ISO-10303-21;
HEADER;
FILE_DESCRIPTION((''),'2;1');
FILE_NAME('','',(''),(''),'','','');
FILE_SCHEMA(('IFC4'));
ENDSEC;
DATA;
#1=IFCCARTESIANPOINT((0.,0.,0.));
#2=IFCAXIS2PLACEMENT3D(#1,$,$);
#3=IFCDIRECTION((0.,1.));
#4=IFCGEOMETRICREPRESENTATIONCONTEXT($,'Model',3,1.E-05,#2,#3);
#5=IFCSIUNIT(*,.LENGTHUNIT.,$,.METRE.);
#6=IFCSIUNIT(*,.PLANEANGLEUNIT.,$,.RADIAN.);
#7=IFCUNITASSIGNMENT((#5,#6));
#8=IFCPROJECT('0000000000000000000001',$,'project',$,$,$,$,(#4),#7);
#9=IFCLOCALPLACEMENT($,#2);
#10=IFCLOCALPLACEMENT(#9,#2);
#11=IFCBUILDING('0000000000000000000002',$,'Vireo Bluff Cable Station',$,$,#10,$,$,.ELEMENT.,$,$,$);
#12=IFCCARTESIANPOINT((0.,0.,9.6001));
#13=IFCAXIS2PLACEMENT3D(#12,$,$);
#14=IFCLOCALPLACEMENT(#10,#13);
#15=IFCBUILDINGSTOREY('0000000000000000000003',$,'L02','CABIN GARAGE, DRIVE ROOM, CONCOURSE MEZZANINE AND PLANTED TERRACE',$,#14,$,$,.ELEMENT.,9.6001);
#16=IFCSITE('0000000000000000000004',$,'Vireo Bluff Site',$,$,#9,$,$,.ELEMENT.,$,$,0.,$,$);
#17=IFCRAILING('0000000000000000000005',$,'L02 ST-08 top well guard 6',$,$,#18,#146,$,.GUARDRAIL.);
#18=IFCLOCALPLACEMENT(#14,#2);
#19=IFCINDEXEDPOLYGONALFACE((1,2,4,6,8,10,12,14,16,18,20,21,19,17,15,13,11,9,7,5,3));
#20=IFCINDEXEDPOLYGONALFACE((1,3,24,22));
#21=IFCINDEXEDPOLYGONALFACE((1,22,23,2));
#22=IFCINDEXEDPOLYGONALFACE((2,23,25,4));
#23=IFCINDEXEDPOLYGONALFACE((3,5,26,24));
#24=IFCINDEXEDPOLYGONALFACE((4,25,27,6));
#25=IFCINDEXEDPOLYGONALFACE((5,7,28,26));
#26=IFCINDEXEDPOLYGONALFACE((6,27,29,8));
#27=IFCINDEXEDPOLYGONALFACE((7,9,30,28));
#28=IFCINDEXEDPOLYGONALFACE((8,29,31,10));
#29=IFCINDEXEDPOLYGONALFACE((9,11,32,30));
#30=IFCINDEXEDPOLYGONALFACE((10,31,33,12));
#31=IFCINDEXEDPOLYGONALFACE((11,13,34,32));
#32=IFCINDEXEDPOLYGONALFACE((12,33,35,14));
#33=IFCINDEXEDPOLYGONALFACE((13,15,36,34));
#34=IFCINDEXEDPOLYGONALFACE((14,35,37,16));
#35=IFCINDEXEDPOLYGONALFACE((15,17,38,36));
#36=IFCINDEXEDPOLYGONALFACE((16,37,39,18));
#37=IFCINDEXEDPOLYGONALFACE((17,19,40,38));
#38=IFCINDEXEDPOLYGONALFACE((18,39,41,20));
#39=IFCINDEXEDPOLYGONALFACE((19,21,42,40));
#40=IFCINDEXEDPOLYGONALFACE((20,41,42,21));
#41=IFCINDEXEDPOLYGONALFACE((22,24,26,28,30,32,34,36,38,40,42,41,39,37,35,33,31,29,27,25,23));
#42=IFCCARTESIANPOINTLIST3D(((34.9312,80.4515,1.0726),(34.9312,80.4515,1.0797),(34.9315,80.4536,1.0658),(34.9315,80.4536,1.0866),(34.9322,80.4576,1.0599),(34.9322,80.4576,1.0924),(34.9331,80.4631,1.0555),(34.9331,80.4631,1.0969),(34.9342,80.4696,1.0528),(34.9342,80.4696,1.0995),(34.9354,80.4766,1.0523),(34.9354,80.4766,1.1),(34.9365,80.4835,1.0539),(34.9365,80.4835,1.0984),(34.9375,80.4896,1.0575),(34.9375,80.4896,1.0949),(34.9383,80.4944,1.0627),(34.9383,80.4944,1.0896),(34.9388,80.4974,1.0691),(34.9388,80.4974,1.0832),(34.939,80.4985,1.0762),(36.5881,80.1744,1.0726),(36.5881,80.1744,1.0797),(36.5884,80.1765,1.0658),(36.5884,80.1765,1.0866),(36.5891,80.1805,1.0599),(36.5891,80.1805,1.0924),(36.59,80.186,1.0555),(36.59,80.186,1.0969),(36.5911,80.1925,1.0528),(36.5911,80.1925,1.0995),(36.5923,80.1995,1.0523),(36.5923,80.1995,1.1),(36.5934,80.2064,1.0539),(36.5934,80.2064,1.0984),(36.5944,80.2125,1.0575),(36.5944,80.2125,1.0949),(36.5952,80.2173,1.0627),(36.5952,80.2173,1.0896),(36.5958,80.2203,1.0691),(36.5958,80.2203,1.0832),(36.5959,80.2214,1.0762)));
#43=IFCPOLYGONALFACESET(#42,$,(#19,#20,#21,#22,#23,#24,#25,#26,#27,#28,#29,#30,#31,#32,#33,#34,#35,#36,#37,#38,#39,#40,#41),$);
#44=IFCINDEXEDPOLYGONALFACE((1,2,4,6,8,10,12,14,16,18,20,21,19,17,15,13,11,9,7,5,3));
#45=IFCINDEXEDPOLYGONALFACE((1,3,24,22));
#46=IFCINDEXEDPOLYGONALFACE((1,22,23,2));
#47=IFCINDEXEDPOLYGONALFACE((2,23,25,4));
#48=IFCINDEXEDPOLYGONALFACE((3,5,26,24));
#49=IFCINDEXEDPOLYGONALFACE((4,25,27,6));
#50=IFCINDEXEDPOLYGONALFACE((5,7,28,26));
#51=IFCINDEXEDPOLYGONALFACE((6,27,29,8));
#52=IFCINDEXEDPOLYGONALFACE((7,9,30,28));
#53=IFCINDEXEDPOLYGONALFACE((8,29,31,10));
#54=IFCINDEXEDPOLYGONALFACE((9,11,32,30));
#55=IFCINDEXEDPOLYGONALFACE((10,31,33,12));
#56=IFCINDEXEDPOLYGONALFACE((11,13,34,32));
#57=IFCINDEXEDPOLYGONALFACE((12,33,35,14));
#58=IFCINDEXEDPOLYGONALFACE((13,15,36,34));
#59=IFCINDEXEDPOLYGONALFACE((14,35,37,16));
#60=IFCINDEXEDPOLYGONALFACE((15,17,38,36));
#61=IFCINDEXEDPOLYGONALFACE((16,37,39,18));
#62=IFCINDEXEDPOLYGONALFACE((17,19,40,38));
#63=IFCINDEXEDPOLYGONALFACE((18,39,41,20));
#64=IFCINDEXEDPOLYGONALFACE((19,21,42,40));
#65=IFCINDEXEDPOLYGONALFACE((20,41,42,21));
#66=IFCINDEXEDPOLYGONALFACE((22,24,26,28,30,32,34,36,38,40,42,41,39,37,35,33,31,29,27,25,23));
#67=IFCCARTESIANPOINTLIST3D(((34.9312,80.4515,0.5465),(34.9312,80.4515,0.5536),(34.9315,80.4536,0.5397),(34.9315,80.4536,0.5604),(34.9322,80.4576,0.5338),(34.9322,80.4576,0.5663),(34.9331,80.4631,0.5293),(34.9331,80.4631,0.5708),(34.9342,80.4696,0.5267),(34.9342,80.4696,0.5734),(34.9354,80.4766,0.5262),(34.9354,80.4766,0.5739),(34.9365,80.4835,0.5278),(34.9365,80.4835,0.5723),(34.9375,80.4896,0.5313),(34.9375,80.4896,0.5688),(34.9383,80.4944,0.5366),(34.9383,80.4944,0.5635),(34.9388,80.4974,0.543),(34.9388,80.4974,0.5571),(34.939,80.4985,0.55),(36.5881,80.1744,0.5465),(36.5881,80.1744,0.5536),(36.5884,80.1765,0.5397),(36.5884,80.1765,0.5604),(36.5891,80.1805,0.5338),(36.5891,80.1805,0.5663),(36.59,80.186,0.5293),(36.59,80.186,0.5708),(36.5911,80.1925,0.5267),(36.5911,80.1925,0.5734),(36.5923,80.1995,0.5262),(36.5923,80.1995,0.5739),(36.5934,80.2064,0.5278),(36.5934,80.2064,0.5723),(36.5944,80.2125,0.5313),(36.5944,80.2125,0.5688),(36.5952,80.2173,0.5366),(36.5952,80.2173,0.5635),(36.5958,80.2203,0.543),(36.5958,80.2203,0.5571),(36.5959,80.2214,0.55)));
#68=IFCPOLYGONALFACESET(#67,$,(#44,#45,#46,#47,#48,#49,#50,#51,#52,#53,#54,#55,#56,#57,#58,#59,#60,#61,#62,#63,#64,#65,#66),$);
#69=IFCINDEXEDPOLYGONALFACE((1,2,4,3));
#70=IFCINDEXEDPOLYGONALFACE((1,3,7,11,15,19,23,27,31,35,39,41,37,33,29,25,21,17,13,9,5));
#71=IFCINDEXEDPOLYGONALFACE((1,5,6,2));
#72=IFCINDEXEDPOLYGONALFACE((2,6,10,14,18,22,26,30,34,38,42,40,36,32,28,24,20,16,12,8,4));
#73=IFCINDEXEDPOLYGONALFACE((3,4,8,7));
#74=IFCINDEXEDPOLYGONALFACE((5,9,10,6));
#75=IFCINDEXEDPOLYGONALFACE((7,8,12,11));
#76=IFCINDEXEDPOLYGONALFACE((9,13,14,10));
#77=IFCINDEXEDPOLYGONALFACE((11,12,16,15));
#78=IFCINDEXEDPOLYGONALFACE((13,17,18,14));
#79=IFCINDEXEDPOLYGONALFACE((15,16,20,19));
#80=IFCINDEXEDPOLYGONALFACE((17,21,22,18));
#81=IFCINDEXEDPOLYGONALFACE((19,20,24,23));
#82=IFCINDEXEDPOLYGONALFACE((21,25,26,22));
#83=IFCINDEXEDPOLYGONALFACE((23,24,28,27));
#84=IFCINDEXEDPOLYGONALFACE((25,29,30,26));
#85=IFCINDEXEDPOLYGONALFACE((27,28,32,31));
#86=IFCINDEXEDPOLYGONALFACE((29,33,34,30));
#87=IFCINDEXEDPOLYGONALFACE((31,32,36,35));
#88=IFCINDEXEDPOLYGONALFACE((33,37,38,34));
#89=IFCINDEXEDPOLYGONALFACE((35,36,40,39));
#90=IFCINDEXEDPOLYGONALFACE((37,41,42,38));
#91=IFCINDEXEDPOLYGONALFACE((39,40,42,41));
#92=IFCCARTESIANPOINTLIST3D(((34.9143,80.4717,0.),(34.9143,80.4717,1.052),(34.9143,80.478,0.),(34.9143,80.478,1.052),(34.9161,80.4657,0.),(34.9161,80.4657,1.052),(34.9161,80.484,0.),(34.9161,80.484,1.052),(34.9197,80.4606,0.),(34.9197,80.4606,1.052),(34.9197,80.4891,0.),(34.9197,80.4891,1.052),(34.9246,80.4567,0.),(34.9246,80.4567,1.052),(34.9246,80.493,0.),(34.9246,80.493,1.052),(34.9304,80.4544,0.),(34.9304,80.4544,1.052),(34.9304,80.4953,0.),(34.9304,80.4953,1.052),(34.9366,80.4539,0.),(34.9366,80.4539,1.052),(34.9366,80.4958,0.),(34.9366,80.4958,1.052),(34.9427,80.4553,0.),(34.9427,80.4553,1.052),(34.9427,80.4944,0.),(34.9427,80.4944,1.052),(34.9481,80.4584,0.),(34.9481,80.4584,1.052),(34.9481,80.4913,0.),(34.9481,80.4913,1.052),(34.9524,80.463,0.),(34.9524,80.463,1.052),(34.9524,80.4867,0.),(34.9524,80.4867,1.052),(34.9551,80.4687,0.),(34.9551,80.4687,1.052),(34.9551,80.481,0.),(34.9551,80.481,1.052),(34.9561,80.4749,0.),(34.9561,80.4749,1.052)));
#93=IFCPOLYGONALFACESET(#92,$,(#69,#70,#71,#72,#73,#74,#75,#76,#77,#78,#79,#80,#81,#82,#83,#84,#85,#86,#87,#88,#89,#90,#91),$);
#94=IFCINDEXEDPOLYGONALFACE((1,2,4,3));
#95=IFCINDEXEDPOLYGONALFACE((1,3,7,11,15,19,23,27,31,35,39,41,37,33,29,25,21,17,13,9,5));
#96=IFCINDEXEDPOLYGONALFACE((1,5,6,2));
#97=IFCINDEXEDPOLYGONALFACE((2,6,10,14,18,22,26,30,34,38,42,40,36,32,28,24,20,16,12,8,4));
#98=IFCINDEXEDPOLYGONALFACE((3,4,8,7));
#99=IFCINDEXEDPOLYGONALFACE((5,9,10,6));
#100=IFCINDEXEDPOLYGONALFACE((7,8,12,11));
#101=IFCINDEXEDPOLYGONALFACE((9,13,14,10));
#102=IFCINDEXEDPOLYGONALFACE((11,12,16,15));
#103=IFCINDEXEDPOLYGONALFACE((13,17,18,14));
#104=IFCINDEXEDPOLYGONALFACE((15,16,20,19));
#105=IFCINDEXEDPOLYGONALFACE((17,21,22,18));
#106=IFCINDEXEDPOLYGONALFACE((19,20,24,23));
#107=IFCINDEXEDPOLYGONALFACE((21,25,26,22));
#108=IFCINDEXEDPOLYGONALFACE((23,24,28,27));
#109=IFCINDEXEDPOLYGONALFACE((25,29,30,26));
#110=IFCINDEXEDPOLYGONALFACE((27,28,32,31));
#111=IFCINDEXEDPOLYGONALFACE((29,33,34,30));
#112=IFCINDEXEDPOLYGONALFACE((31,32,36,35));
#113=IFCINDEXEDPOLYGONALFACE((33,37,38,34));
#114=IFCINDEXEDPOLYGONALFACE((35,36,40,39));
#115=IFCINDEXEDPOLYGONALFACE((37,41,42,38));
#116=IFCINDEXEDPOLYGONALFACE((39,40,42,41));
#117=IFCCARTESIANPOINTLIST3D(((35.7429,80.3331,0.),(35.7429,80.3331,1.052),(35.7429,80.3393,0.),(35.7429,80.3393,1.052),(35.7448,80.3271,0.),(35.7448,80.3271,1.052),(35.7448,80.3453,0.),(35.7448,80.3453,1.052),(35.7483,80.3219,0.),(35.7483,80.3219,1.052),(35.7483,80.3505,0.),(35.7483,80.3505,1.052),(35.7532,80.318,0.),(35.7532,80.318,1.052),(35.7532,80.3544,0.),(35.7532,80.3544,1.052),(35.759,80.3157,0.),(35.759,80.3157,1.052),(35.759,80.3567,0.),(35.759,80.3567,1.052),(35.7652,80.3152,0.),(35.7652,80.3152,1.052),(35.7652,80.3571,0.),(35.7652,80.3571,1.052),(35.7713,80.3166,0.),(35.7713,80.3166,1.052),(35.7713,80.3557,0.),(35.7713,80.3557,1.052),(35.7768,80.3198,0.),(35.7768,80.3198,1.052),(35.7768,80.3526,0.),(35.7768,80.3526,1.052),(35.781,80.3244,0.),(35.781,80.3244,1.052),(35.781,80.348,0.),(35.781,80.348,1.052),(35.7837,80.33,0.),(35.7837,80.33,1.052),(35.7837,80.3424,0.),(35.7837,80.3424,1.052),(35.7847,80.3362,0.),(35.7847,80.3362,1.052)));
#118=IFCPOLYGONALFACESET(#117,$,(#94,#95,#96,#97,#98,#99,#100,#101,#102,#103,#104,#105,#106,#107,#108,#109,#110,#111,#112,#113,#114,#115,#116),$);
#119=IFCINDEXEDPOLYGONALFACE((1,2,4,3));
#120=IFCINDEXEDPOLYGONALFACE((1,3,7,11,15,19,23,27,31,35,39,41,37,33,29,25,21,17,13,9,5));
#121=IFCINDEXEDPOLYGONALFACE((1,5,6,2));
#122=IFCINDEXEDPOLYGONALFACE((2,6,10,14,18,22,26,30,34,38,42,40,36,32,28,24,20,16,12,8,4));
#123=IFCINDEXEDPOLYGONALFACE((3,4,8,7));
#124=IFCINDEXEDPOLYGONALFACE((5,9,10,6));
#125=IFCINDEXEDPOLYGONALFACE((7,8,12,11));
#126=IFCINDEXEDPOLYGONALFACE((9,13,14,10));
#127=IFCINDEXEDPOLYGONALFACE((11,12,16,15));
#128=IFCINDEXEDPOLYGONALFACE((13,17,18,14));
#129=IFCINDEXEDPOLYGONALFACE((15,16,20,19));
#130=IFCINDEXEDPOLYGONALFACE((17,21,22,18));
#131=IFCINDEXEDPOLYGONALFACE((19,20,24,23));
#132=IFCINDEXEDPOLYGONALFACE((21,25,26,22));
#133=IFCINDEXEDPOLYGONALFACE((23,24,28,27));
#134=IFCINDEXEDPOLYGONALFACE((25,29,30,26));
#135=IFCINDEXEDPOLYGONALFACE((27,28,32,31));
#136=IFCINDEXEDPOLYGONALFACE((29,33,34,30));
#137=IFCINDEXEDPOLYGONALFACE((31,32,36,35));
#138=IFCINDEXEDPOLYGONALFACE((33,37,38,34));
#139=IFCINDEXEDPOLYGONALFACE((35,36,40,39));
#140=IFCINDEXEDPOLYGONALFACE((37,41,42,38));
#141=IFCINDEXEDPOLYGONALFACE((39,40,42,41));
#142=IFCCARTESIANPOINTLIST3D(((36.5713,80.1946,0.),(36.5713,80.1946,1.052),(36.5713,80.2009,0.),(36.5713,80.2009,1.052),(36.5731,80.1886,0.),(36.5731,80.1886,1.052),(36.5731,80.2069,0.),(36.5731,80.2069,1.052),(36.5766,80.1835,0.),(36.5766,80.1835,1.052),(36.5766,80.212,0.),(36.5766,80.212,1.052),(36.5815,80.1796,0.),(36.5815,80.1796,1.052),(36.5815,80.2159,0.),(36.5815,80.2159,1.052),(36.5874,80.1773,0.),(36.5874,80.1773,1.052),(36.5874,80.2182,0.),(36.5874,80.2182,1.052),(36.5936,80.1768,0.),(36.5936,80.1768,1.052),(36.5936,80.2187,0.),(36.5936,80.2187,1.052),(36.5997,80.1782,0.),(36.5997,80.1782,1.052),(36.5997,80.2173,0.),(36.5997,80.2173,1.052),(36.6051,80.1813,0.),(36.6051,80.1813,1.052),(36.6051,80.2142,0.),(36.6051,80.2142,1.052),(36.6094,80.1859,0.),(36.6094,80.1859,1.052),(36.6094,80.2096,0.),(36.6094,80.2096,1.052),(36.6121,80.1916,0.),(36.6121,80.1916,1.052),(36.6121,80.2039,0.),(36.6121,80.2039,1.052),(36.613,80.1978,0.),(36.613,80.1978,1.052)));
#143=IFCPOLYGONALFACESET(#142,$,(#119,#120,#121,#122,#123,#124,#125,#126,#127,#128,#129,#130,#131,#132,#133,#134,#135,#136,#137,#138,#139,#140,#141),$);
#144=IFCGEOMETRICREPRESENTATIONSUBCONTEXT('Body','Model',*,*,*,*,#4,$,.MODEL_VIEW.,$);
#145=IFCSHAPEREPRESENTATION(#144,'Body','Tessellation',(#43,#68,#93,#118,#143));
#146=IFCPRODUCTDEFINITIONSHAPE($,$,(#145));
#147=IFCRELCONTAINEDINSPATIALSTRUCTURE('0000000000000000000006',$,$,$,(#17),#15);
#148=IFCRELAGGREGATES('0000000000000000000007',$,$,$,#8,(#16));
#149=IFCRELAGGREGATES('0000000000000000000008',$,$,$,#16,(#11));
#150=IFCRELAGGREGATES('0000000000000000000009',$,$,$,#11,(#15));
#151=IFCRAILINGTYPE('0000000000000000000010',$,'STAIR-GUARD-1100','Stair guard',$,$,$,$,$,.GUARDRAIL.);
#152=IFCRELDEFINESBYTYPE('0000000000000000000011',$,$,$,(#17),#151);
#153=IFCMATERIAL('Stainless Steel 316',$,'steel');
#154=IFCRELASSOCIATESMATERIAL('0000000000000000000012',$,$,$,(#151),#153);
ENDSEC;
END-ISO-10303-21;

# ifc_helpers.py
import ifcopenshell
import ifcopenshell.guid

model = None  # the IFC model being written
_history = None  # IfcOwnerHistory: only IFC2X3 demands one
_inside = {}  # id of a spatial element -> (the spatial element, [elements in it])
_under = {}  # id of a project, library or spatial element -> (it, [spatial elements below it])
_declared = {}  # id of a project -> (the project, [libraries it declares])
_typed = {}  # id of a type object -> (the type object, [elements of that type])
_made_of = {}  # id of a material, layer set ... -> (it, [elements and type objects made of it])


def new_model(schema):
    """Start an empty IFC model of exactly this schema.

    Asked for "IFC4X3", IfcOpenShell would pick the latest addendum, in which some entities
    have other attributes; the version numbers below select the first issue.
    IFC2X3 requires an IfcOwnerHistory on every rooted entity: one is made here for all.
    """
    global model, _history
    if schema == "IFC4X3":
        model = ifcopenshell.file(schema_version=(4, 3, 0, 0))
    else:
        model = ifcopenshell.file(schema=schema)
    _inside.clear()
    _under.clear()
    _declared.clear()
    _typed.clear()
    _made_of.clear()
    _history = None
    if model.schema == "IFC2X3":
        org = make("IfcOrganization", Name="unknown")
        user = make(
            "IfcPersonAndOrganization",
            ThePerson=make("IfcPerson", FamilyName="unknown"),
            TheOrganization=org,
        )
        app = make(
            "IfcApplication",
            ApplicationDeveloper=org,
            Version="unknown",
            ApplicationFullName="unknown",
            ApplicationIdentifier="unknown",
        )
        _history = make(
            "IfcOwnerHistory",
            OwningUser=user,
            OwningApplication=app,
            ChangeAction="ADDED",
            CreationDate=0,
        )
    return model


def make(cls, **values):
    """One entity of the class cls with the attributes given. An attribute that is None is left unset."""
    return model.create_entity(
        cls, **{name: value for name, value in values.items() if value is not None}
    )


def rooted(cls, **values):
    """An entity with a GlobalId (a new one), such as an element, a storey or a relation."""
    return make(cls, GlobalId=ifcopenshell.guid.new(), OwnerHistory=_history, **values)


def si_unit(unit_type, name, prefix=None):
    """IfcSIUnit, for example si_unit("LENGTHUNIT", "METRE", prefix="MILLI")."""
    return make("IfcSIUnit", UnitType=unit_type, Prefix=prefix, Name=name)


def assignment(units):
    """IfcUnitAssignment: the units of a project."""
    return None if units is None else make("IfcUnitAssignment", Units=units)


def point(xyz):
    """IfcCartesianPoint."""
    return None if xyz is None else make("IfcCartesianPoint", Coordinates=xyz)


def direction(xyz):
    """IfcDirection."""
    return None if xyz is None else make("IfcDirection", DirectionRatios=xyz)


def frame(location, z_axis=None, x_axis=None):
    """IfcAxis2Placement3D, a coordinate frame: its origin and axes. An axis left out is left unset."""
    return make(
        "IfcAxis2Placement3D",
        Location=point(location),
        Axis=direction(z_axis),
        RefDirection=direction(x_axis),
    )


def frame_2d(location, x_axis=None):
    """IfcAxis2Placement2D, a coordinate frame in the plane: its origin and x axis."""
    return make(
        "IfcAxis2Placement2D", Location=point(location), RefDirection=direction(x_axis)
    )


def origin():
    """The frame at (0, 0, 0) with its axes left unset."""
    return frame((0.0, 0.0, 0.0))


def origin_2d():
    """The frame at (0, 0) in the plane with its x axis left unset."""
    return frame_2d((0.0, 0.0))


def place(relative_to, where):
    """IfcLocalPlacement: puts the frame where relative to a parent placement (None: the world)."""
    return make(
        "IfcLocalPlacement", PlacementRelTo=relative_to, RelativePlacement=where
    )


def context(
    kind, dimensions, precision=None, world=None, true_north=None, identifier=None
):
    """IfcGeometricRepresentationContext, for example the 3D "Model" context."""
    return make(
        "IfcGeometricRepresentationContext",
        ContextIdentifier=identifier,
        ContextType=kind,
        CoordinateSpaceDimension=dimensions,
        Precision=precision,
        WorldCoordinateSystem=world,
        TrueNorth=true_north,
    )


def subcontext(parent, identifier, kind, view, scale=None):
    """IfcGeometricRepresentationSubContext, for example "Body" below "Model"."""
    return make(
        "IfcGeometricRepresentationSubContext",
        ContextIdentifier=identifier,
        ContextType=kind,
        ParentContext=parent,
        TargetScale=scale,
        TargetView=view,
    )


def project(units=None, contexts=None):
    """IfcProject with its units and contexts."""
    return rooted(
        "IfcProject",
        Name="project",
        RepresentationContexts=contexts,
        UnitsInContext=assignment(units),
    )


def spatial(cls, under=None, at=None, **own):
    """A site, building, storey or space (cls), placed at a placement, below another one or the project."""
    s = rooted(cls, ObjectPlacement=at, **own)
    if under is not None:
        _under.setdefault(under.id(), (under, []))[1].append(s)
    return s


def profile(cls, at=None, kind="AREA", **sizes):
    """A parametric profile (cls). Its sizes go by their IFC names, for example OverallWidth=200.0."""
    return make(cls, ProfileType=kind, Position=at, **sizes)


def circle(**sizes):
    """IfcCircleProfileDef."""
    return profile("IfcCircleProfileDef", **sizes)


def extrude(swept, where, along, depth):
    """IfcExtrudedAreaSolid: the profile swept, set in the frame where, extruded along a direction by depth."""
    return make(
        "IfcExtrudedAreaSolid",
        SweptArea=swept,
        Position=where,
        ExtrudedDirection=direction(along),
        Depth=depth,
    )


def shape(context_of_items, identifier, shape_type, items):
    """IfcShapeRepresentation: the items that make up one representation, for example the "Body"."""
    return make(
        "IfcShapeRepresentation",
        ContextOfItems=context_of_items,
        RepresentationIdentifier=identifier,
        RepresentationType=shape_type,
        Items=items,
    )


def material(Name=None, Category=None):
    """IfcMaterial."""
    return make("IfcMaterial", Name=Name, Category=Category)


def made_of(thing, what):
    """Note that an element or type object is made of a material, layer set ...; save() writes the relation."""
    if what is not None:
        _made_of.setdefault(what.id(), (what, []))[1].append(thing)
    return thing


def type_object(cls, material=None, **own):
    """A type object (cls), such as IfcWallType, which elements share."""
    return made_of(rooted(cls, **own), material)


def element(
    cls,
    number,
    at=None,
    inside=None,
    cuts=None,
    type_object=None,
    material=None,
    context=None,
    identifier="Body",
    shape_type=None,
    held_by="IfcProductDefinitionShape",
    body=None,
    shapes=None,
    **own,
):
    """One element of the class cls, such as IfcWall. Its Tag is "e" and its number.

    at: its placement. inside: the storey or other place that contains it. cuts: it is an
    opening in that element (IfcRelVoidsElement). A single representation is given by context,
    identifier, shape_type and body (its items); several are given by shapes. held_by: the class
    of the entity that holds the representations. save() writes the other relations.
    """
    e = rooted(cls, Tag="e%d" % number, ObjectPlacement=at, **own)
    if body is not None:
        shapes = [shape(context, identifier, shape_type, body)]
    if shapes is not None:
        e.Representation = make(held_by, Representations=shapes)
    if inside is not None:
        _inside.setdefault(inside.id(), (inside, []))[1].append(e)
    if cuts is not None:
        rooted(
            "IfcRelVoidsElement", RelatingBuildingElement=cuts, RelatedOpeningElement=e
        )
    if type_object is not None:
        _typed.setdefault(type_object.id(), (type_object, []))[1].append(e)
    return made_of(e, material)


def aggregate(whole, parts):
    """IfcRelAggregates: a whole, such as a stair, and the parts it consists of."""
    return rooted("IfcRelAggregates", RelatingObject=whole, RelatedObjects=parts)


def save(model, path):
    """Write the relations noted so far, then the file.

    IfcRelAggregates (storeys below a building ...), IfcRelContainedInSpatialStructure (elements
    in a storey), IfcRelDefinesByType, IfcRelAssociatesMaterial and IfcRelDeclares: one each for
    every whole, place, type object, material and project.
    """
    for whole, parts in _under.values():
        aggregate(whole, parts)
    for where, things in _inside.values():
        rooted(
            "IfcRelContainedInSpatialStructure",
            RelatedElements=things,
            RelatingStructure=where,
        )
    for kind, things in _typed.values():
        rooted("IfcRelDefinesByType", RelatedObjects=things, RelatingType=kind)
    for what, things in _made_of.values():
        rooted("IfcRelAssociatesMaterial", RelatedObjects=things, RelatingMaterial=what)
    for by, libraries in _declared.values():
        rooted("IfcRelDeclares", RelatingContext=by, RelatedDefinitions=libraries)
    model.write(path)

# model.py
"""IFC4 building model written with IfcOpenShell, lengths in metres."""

from ifc_helpers import new_model, si_unit, direction, frame, origin, origin_2d, place, context, subcontext, project, spatial, circle, extrude, material, type_object, element, save


model = new_model("IFC4")

# Units and contexts
model_context = context("Model", 3, precision=1e-05, world=origin(), true_north=direction((0.0, 1.0)))
body_context = subcontext(model_context, "Body", "Model", "MODEL_VIEW")
ifc_project = project(units=[si_unit("LENGTHUNIT", "METRE"), si_unit("PLANEANGLEUNIT", "RADIAN")], contexts=[model_context])

# Site, building, storey
site_placement = place(None, origin())
site = spatial("IfcSite", under=ifc_project, at=site_placement, Name="Vireo Bluff Site", CompositionType="ELEMENT", RefElevation=0.0)
building_placement = place(site_placement, origin())
building = spatial("IfcBuilding", under=site, at=building_placement, Name="Vireo Bluff Cable Station", CompositionType="ELEMENT")
storey_placement = place(building_placement, frame((0.0, 0.0, 9.6001)))
storey = spatial("IfcBuildingStorey", under=building, at=storey_placement, Name="L02", Description="CABIN GARAGE, DRIVE ROOM, CONCOURSE MEZZANINE AND PLANTED TERRACE", CompositionType="ELEMENT", Elevation=9.6001)

# Railing
ifc_material_1 = material(Name="Stainless Steel 316", Category="steel")
railing_type = type_object("IfcRailingType", Name="STAIR-GUARD-1100", Description="Stair guard", PredefinedType="GUARDRAIL", material=ifc_material_1)
railing_1_placement = place(storey_placement, frame((34.9351, 80.4749, 0.0)))
element("IfcRailing", 1, at=railing_1_placement, inside=storey, type_object=railing_type, Name="L02 ST-08 top well guard 6", PredefinedType="GUARDRAIL", context=body_context, shape_type="SweptSolid", body=[
    extrude(circle(Radius=0.0239, at=origin_2d()), frame((0.0, 0.0, 1.0762), z_axis=(0.986303, -0.164941, 0.0), x_axis=(0.164941, 0.986303, 0.0)), (0.0, 0.0, 1.0), 1.6799),
    extrude(circle(Radius=0.0239, at=origin_2d()), frame((0.0, 0.0, 0.55), z_axis=(0.986303, -0.164941, 0.0), x_axis=(0.164941, 0.986303, 0.0)), (0.0, 0.0, 1.0), 1.6799),
    extrude(circle(Radius=0.021, at=origin_2d()), origin(), (0.0, 0.0, 1.0), 1.052),
    extrude(circle(Radius=0.021, at=origin_2d()), frame((0.8286, -0.1387, 0.0)), (0.0, 0.0, 1.0), 1.052),
    extrude(circle(Radius=0.021, at=origin_2d()), frame((1.657, -0.2771, 0.0)), (0.0, 0.0, 1.0), 1.052),
])

save(model, "model.ifc")
